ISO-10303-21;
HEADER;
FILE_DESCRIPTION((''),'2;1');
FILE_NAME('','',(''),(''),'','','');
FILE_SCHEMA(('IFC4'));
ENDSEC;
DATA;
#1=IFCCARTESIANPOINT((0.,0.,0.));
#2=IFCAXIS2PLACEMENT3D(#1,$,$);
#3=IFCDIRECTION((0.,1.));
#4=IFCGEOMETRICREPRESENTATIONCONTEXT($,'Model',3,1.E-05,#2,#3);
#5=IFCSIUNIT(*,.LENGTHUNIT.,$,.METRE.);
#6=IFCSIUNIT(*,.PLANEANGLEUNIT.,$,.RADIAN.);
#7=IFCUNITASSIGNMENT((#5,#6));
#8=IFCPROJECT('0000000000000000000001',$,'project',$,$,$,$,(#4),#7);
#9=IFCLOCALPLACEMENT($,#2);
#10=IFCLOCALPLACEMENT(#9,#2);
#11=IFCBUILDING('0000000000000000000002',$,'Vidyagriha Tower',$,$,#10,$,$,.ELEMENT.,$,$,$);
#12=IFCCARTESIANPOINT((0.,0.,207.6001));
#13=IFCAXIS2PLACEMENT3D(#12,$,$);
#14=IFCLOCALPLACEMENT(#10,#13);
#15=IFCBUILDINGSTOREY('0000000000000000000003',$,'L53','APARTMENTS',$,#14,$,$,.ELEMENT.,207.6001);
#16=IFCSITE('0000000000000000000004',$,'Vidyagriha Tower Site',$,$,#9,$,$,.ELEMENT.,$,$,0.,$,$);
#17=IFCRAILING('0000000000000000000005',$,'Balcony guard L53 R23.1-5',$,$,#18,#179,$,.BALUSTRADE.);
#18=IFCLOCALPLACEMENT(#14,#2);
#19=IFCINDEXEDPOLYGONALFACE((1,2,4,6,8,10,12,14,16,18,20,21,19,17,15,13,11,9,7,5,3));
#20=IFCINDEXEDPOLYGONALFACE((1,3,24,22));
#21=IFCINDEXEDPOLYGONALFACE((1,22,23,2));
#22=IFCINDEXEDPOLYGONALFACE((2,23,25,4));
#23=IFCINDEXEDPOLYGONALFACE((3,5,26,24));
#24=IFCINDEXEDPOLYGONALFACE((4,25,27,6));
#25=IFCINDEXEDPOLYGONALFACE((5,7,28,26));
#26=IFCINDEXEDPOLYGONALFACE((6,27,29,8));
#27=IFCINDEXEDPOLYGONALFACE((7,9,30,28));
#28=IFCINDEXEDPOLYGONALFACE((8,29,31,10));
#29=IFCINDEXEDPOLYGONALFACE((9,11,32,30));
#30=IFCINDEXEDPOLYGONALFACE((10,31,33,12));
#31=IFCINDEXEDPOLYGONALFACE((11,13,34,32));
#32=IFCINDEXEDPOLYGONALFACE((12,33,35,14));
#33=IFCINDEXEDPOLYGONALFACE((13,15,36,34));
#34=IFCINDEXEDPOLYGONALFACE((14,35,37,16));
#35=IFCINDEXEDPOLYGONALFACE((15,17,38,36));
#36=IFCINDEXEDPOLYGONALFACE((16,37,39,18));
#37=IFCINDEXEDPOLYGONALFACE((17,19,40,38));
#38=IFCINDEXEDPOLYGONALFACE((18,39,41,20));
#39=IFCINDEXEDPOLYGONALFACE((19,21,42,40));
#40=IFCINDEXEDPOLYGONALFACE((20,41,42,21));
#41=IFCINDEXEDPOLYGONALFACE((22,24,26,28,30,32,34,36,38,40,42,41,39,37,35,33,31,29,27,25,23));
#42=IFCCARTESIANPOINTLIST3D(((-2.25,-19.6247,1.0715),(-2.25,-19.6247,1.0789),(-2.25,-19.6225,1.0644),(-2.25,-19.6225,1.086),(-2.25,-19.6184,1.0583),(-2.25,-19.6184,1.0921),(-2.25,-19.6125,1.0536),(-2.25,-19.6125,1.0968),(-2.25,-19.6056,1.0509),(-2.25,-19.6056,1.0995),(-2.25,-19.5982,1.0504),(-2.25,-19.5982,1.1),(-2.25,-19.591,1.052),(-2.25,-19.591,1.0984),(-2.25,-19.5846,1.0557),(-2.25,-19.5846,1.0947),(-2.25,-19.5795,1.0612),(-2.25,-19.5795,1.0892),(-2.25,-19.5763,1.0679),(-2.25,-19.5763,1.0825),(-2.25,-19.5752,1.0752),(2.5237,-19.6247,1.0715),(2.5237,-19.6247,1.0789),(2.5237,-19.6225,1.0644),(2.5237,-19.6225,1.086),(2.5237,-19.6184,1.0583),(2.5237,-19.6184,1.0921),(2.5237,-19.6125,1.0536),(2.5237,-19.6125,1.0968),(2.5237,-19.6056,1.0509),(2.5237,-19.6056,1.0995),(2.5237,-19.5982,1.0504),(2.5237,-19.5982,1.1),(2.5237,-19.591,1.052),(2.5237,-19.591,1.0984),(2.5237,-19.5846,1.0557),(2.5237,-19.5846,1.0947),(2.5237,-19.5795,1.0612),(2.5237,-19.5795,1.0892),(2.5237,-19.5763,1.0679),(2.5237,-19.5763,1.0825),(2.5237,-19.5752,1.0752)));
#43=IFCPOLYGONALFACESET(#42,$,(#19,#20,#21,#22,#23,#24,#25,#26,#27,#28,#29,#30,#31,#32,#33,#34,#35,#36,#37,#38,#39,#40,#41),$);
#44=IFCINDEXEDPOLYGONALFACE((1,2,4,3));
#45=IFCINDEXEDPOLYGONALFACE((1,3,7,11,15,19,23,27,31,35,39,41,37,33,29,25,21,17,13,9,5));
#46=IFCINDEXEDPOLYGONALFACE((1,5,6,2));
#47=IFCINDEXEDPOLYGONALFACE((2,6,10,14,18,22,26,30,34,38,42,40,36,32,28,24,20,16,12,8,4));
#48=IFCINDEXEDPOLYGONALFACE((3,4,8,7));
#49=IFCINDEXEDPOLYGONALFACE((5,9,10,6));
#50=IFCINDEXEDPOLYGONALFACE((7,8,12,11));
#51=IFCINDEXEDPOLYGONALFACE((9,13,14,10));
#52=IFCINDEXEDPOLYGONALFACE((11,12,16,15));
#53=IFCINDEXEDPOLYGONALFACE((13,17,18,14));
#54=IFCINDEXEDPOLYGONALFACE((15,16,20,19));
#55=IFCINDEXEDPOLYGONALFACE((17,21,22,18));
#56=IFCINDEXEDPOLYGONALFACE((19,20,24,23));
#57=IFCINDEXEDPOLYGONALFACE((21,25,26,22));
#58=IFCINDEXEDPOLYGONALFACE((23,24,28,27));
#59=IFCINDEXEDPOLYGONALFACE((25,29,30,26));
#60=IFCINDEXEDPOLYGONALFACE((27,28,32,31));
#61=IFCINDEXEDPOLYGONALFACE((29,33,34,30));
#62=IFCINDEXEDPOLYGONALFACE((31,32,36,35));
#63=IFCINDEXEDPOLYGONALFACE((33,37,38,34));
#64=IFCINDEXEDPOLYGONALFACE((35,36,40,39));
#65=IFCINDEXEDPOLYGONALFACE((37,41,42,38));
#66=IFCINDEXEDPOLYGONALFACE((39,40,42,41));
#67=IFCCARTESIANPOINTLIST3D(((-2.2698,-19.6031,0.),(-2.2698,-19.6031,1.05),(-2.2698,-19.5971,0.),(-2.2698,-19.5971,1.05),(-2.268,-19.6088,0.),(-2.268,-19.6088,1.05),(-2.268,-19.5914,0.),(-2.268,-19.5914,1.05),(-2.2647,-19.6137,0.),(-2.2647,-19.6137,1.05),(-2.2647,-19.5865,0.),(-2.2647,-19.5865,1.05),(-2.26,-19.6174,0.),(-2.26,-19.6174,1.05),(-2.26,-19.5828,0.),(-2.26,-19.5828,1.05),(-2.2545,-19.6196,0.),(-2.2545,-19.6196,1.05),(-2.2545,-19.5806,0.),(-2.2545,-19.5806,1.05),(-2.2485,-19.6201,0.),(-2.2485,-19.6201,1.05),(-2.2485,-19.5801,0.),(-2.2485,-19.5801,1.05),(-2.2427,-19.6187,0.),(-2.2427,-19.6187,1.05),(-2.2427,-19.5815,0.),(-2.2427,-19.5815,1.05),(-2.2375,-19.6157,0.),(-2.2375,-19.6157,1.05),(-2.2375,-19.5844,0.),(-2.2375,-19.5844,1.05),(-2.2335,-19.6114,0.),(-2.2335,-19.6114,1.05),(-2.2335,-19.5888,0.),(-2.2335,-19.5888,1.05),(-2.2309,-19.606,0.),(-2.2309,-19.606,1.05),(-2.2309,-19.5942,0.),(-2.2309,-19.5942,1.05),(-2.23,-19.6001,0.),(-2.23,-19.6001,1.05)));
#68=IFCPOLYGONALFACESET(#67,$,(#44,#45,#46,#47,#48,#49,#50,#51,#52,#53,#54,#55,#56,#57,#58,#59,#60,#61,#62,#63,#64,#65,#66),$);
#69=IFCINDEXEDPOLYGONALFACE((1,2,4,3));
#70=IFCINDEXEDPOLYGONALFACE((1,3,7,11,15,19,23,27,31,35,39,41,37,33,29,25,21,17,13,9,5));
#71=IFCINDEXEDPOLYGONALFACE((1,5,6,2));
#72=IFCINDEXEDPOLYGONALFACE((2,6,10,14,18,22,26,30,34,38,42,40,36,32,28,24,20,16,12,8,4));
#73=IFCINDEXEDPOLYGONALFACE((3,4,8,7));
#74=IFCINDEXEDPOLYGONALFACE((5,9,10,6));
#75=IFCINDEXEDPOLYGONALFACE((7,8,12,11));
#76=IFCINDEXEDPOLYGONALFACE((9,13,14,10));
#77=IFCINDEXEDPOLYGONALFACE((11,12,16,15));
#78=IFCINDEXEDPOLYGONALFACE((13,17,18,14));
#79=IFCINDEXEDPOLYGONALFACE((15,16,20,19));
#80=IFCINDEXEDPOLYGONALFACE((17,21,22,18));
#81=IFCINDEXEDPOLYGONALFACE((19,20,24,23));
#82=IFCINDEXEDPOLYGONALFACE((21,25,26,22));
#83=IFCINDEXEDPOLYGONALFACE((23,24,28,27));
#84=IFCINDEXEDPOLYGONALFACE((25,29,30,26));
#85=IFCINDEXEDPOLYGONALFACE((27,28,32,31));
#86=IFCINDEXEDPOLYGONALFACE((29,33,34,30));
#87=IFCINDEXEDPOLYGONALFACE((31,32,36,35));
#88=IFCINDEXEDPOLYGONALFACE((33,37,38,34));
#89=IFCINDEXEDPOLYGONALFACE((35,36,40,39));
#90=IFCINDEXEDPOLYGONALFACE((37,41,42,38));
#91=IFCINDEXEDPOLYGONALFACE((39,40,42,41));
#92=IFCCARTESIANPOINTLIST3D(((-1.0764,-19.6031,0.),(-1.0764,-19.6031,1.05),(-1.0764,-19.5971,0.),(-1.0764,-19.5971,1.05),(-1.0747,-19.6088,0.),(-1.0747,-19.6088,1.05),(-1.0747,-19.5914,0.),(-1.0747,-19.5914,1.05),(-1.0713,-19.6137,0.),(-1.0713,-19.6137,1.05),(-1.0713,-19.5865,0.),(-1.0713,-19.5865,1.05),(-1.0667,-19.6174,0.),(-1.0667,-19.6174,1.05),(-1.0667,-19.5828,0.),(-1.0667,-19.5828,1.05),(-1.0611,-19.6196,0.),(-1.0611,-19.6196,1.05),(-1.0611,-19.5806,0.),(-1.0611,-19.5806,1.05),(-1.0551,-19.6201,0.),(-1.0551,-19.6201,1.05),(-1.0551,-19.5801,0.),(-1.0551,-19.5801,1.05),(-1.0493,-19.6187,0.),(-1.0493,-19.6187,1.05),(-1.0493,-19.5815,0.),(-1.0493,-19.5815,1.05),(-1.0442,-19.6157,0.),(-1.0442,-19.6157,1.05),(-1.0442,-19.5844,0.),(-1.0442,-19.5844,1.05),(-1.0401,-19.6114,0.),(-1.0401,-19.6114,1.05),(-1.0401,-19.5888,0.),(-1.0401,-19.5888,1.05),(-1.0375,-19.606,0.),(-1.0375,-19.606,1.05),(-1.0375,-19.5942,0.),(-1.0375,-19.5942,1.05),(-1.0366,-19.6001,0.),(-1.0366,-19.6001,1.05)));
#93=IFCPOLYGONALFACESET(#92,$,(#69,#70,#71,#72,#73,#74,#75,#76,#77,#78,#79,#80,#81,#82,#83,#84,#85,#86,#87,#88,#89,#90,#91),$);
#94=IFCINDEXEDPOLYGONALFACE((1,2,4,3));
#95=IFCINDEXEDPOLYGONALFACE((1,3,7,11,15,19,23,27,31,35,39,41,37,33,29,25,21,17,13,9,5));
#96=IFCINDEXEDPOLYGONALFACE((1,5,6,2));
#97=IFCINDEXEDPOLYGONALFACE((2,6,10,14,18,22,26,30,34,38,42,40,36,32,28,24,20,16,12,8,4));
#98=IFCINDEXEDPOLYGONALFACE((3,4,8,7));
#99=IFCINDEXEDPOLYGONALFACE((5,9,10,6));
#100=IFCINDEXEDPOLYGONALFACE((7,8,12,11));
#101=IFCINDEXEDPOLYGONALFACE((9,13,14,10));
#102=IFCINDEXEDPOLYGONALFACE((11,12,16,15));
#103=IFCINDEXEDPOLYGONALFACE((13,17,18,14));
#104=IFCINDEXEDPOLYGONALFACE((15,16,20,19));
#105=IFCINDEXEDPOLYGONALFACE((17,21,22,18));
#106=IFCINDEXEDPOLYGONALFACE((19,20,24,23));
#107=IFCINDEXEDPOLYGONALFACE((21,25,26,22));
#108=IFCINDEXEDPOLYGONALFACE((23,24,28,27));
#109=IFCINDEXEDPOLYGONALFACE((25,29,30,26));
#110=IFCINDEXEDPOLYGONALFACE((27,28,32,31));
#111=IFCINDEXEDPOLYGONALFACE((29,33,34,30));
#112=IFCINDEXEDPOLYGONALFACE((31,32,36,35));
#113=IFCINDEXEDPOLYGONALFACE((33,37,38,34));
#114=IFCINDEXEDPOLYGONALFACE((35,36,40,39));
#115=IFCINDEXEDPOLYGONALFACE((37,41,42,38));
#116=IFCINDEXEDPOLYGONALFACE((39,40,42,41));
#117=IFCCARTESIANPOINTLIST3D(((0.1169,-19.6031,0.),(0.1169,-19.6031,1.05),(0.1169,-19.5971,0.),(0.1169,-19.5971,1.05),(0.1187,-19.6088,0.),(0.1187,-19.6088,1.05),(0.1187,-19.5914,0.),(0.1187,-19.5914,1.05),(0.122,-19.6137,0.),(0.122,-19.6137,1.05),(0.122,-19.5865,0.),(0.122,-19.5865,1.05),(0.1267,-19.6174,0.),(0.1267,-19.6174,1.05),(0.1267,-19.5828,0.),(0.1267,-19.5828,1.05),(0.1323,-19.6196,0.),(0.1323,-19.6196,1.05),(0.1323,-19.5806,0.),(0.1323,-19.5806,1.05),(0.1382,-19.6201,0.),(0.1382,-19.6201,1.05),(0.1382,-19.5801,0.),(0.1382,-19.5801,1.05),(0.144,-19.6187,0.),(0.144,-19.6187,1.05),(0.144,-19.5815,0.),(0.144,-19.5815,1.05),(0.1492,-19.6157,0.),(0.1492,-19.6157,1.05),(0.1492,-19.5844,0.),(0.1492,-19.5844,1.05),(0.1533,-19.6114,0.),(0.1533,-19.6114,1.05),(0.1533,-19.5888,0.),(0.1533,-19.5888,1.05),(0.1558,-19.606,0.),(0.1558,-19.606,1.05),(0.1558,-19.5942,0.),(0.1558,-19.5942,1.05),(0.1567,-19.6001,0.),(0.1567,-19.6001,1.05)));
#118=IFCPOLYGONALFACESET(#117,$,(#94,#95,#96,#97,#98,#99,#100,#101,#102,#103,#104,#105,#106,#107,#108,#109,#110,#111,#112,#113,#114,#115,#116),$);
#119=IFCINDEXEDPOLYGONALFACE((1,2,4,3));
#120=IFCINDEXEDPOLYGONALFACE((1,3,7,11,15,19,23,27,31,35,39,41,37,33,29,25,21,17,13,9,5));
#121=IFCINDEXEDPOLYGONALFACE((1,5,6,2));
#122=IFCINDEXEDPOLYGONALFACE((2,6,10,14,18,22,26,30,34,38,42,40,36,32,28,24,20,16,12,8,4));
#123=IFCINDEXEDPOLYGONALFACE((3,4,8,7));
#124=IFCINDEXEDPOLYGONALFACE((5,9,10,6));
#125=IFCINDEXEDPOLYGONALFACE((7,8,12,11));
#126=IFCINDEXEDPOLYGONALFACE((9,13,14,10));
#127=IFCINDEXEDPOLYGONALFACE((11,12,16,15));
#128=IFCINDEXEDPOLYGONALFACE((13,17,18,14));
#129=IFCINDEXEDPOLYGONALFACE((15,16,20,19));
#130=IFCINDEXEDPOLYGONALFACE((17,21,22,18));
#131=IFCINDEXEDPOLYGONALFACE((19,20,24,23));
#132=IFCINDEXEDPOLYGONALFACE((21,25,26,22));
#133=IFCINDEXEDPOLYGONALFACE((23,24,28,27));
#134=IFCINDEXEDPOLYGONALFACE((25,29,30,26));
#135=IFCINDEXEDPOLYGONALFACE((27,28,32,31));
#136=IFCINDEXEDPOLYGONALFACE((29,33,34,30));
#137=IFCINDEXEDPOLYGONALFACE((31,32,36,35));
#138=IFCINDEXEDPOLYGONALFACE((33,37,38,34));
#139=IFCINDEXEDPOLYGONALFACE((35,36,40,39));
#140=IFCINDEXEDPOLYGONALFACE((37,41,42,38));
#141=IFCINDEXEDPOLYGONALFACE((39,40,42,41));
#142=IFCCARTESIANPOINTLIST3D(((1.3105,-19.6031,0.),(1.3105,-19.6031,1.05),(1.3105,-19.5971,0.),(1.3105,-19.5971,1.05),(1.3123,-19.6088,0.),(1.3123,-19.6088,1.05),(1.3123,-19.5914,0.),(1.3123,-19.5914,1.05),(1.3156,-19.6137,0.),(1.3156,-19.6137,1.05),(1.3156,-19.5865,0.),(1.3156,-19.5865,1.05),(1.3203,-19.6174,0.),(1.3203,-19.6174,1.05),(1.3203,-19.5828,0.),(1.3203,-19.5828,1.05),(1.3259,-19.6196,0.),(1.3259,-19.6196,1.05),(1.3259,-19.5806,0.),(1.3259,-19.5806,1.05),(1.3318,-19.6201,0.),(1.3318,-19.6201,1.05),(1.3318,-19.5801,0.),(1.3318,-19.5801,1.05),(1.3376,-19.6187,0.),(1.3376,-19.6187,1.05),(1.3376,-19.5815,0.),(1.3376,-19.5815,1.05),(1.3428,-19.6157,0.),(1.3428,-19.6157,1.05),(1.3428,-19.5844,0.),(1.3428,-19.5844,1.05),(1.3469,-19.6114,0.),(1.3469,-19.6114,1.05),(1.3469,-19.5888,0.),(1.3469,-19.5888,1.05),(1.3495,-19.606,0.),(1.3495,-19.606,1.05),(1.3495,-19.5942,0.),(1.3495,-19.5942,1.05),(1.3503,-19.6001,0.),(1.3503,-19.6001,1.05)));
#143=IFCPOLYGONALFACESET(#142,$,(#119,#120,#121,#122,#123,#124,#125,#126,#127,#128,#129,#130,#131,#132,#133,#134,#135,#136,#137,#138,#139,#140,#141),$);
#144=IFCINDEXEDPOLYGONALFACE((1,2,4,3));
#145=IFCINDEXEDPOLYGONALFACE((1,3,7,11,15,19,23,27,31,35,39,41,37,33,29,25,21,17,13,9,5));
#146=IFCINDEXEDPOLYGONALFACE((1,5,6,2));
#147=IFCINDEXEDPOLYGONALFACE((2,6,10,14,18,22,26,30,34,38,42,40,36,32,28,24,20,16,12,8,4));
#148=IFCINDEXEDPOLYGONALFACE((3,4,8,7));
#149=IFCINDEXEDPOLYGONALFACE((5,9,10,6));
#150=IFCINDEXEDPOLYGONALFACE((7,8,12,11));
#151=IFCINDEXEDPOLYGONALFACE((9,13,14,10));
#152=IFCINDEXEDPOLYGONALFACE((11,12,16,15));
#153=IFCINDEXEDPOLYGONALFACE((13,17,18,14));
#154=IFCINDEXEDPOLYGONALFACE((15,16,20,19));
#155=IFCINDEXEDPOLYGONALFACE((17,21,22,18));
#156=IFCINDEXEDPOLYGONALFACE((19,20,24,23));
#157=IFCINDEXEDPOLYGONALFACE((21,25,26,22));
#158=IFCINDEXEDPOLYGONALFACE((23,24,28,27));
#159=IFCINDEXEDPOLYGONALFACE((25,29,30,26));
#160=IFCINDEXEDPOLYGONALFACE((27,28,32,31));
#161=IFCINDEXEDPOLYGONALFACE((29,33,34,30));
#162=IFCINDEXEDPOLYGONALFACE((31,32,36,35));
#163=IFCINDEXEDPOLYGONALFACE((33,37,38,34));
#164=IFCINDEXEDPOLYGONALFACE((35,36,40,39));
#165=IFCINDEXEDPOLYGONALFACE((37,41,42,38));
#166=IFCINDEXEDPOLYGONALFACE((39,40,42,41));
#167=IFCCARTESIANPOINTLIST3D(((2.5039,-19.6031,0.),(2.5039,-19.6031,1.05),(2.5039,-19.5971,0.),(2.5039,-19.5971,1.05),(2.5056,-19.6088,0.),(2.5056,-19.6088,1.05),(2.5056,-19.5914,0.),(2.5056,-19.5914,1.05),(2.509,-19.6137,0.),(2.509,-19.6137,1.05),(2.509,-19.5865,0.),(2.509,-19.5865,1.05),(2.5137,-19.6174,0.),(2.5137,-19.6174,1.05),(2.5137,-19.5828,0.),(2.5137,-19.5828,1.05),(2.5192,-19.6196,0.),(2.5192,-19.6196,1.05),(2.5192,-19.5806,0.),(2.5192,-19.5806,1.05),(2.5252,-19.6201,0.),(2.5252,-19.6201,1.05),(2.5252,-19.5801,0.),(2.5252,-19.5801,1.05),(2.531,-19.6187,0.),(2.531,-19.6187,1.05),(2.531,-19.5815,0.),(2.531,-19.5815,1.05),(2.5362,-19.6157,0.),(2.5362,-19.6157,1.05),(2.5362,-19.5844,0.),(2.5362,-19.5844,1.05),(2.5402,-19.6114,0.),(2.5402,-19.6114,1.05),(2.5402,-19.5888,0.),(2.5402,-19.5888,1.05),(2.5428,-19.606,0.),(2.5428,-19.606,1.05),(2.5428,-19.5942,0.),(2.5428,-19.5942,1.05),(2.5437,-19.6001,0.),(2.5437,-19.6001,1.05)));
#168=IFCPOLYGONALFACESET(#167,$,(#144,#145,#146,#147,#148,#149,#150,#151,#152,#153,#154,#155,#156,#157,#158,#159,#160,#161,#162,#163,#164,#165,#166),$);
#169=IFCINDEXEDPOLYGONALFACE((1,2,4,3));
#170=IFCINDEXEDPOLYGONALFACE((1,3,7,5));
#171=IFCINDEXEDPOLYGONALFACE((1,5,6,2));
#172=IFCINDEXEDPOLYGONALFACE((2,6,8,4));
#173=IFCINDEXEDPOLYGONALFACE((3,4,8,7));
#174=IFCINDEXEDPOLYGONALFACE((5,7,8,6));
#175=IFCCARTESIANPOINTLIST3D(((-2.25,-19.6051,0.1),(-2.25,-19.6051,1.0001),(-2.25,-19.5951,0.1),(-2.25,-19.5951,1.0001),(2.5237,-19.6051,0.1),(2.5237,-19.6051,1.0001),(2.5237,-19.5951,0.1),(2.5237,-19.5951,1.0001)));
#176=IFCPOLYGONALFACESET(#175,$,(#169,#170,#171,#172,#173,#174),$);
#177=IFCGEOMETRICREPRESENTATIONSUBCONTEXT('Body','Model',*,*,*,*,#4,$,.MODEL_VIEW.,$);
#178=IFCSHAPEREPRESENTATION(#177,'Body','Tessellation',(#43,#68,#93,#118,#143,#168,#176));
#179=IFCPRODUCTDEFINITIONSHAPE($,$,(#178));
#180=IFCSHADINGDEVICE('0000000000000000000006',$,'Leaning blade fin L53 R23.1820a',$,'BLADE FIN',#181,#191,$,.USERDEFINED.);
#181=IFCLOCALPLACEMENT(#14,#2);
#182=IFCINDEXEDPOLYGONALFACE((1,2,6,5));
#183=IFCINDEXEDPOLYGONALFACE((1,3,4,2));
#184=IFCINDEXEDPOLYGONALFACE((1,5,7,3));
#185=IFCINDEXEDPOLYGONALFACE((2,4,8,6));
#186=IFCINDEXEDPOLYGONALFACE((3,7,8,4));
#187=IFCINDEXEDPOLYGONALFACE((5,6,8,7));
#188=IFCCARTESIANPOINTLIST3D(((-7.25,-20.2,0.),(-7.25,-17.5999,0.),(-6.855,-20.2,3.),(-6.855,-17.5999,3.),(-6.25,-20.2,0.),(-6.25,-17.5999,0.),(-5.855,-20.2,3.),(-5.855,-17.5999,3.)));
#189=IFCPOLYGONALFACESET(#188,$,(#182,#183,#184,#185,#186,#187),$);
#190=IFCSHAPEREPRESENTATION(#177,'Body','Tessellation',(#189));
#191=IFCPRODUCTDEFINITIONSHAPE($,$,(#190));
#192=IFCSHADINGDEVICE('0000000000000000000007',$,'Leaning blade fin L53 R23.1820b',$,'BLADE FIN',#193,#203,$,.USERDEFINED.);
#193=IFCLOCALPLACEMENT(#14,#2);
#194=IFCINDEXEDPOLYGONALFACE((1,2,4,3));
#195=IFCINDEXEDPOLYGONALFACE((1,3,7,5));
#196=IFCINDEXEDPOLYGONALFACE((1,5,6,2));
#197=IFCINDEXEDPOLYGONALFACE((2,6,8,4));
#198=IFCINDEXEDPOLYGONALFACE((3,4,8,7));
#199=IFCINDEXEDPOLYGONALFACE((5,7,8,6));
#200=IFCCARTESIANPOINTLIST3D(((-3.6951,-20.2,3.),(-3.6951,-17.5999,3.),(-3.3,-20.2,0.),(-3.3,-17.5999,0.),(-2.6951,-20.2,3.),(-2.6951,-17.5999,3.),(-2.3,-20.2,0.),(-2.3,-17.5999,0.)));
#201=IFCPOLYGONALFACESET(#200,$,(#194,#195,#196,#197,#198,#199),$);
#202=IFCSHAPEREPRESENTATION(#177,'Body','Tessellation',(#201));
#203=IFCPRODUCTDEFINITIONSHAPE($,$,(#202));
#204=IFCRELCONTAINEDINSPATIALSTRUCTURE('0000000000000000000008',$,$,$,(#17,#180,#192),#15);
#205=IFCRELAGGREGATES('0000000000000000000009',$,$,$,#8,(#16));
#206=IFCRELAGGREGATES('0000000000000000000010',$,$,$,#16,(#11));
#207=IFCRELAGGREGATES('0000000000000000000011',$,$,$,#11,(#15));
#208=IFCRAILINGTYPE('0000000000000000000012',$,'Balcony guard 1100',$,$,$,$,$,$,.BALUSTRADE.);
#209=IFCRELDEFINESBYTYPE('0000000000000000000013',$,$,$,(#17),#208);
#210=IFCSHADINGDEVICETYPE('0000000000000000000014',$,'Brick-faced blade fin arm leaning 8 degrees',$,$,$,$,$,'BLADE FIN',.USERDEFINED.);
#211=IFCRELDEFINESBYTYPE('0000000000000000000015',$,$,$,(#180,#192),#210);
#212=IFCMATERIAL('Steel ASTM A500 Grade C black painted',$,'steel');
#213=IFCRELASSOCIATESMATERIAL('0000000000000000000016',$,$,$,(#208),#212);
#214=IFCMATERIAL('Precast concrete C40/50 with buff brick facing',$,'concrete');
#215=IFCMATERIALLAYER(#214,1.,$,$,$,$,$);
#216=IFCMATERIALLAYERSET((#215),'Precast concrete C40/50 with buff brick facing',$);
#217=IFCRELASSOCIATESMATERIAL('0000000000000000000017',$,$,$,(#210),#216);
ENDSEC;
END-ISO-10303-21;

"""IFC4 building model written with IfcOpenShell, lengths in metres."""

from ifc_helpers import new_model, si_unit, direction, frame, origin, origin_2d, place, context, subcontext, project, spatial, polyline, rectangle, circle, outline, extrude, material, layer, layer_set, type_object, element, save


model = new_model("IFC4")

# Units and contexts
model_context = context("Model", 3, precision=1e-05, world=origin(), true_north=direction((0.0, 1.0)))
body_context = subcontext(model_context, "Body", "Model", "MODEL_VIEW")
ifc_project = project(units=[si_unit("LENGTHUNIT", "METRE"), si_unit("PLANEANGLEUNIT", "RADIAN")], contexts=[model_context])

# Site, building, storey
site_placement = place(None, origin())
site = spatial("IfcSite", under=ifc_project, at=site_placement, Name="Vidyagriha Tower Site", CompositionType="ELEMENT", RefElevation=0.0)
building_placement = place(site_placement, origin())
building = spatial("IfcBuilding", under=site, at=building_placement, Name="Vidyagriha Tower", CompositionType="ELEMENT")
storey_placement = place(building_placement, frame((0.0, 0.0, 207.6001)))
storey = spatial("IfcBuildingStorey", under=building, at=storey_placement, Name="L53", Description="APARTMENTS", CompositionType="ELEMENT", Elevation=207.6001)

# Railing
ifc_material_1 = material(Name="Steel ASTM A500 Grade C black painted", Category="steel")
railing_type = type_object("IfcRailingType", Name="Balcony guard 1100", PredefinedType="BALUSTRADE", material=ifc_material_1)
railing_1_placement = place(storey_placement, frame((-2.25, -19.6001, 0.0)))
element("IfcRailing", 1, at=railing_1_placement, inside=storey, type_object=railing_type, Name="Balcony guard L53 R23.1-5", PredefinedType="BALUSTRADE", context=body_context, shape_type="SweptSolid", body=[
    extrude(circle(Radius=0.0249, at=origin_2d()), frame((0.0, 0.0, 1.0752), z_axis=(1.0, 0.0, 0.0), x_axis=(0.0, 1.0, 0.0)), (0.0, 0.0, 1.0), 4.7737),
    extrude(circle(Radius=0.02, at=origin_2d()), origin(), (0.0, 0.0, 1.0), 1.05),
    extrude(circle(Radius=0.02, at=origin_2d()), frame((1.1934, 0.0, 0.0)), (0.0, 0.0, 1.0), 1.05),
    extrude(circle(Radius=0.02, at=origin_2d()), frame((2.3867, 0.0, 0.0)), (0.0, 0.0, 1.0), 1.05),
    extrude(circle(Radius=0.02, at=origin_2d()), frame((3.5803, 0.0, 0.0)), (0.0, 0.0, 1.0), 1.05),
    extrude(circle(Radius=0.02, at=origin_2d()), frame((4.7737, 0.0, 0.0)), (0.0, 0.0, 1.0), 1.05),
    extrude(rectangle(XDim=0.01, YDim=0.9001, at=origin_2d()), frame((0.0, 0.0, 0.55), z_axis=(1.0, 0.0, 0.0), x_axis=(0.0, 1.0, 0.0)), (0.0, 0.0, 1.0), 4.7737),
])

# Shading devices
ifc_material_2 = material(Name="Precast concrete C40/50 with buff brick facing", Category="concrete")
ifc_layer_1 = layer(ifc_material_2, 1.0)
ifc_layer_set_1 = layer_set([ifc_layer_1], Name="Precast concrete C40/50 with buff brick facing")
shading_device_type = type_object("IfcShadingDeviceType", Name="Brick-faced blade fin arm leaning 8 degrees", ElementType="BLADE FIN", PredefinedType="USERDEFINED", material=ifc_layer_set_1)
shading_device_1_placement = place(storey_placement, frame((-7.25, -18.8999, 0.0)))
element("IfcShadingDevice", 2, at=shading_device_1_placement, inside=storey, type_object=shading_device_type, Name="Leaning blade fin L53 R23.1820a", ObjectType="BLADE FIN", PredefinedType="USERDEFINED", context=body_context, shape_type="SweptSolid", body=[
    extrude(outline(polyline([(0.0, 0.0), (1.0, 0.0), (1.395, 3.0), (0.395, 3.0), (0.0, 0.0)])), frame((0.0, 1.3, 0.0), z_axis=(0.0, -1.0, 0.0), x_axis=(1.0, 0.0, 0.0)), (0.0, 0.0, 1.0), 2.6001),
])
shading_device_2_placement = place(storey_placement, frame((-3.6951, -18.8999, 0.0)))
element("IfcShadingDevice", 3, at=shading_device_2_placement, inside=storey, type_object=shading_device_type, Name="Leaning blade fin L53 R23.1820b", ObjectType="BLADE FIN", PredefinedType="USERDEFINED", context=body_context, shape_type="SweptSolid", body=[
    extrude(outline(polyline([(0.395, 0.0), (1.395, 0.0), (1.0, 3.0), (0.0, 3.0), (0.395, 0.0)])), frame((0.0, 1.3, 0.0), z_axis=(0.0, -1.0, 0.0), x_axis=(1.0, 0.0, 0.0)), (0.0, 0.0, 1.0), 2.6001),
])

save(model, "model.ifc")
